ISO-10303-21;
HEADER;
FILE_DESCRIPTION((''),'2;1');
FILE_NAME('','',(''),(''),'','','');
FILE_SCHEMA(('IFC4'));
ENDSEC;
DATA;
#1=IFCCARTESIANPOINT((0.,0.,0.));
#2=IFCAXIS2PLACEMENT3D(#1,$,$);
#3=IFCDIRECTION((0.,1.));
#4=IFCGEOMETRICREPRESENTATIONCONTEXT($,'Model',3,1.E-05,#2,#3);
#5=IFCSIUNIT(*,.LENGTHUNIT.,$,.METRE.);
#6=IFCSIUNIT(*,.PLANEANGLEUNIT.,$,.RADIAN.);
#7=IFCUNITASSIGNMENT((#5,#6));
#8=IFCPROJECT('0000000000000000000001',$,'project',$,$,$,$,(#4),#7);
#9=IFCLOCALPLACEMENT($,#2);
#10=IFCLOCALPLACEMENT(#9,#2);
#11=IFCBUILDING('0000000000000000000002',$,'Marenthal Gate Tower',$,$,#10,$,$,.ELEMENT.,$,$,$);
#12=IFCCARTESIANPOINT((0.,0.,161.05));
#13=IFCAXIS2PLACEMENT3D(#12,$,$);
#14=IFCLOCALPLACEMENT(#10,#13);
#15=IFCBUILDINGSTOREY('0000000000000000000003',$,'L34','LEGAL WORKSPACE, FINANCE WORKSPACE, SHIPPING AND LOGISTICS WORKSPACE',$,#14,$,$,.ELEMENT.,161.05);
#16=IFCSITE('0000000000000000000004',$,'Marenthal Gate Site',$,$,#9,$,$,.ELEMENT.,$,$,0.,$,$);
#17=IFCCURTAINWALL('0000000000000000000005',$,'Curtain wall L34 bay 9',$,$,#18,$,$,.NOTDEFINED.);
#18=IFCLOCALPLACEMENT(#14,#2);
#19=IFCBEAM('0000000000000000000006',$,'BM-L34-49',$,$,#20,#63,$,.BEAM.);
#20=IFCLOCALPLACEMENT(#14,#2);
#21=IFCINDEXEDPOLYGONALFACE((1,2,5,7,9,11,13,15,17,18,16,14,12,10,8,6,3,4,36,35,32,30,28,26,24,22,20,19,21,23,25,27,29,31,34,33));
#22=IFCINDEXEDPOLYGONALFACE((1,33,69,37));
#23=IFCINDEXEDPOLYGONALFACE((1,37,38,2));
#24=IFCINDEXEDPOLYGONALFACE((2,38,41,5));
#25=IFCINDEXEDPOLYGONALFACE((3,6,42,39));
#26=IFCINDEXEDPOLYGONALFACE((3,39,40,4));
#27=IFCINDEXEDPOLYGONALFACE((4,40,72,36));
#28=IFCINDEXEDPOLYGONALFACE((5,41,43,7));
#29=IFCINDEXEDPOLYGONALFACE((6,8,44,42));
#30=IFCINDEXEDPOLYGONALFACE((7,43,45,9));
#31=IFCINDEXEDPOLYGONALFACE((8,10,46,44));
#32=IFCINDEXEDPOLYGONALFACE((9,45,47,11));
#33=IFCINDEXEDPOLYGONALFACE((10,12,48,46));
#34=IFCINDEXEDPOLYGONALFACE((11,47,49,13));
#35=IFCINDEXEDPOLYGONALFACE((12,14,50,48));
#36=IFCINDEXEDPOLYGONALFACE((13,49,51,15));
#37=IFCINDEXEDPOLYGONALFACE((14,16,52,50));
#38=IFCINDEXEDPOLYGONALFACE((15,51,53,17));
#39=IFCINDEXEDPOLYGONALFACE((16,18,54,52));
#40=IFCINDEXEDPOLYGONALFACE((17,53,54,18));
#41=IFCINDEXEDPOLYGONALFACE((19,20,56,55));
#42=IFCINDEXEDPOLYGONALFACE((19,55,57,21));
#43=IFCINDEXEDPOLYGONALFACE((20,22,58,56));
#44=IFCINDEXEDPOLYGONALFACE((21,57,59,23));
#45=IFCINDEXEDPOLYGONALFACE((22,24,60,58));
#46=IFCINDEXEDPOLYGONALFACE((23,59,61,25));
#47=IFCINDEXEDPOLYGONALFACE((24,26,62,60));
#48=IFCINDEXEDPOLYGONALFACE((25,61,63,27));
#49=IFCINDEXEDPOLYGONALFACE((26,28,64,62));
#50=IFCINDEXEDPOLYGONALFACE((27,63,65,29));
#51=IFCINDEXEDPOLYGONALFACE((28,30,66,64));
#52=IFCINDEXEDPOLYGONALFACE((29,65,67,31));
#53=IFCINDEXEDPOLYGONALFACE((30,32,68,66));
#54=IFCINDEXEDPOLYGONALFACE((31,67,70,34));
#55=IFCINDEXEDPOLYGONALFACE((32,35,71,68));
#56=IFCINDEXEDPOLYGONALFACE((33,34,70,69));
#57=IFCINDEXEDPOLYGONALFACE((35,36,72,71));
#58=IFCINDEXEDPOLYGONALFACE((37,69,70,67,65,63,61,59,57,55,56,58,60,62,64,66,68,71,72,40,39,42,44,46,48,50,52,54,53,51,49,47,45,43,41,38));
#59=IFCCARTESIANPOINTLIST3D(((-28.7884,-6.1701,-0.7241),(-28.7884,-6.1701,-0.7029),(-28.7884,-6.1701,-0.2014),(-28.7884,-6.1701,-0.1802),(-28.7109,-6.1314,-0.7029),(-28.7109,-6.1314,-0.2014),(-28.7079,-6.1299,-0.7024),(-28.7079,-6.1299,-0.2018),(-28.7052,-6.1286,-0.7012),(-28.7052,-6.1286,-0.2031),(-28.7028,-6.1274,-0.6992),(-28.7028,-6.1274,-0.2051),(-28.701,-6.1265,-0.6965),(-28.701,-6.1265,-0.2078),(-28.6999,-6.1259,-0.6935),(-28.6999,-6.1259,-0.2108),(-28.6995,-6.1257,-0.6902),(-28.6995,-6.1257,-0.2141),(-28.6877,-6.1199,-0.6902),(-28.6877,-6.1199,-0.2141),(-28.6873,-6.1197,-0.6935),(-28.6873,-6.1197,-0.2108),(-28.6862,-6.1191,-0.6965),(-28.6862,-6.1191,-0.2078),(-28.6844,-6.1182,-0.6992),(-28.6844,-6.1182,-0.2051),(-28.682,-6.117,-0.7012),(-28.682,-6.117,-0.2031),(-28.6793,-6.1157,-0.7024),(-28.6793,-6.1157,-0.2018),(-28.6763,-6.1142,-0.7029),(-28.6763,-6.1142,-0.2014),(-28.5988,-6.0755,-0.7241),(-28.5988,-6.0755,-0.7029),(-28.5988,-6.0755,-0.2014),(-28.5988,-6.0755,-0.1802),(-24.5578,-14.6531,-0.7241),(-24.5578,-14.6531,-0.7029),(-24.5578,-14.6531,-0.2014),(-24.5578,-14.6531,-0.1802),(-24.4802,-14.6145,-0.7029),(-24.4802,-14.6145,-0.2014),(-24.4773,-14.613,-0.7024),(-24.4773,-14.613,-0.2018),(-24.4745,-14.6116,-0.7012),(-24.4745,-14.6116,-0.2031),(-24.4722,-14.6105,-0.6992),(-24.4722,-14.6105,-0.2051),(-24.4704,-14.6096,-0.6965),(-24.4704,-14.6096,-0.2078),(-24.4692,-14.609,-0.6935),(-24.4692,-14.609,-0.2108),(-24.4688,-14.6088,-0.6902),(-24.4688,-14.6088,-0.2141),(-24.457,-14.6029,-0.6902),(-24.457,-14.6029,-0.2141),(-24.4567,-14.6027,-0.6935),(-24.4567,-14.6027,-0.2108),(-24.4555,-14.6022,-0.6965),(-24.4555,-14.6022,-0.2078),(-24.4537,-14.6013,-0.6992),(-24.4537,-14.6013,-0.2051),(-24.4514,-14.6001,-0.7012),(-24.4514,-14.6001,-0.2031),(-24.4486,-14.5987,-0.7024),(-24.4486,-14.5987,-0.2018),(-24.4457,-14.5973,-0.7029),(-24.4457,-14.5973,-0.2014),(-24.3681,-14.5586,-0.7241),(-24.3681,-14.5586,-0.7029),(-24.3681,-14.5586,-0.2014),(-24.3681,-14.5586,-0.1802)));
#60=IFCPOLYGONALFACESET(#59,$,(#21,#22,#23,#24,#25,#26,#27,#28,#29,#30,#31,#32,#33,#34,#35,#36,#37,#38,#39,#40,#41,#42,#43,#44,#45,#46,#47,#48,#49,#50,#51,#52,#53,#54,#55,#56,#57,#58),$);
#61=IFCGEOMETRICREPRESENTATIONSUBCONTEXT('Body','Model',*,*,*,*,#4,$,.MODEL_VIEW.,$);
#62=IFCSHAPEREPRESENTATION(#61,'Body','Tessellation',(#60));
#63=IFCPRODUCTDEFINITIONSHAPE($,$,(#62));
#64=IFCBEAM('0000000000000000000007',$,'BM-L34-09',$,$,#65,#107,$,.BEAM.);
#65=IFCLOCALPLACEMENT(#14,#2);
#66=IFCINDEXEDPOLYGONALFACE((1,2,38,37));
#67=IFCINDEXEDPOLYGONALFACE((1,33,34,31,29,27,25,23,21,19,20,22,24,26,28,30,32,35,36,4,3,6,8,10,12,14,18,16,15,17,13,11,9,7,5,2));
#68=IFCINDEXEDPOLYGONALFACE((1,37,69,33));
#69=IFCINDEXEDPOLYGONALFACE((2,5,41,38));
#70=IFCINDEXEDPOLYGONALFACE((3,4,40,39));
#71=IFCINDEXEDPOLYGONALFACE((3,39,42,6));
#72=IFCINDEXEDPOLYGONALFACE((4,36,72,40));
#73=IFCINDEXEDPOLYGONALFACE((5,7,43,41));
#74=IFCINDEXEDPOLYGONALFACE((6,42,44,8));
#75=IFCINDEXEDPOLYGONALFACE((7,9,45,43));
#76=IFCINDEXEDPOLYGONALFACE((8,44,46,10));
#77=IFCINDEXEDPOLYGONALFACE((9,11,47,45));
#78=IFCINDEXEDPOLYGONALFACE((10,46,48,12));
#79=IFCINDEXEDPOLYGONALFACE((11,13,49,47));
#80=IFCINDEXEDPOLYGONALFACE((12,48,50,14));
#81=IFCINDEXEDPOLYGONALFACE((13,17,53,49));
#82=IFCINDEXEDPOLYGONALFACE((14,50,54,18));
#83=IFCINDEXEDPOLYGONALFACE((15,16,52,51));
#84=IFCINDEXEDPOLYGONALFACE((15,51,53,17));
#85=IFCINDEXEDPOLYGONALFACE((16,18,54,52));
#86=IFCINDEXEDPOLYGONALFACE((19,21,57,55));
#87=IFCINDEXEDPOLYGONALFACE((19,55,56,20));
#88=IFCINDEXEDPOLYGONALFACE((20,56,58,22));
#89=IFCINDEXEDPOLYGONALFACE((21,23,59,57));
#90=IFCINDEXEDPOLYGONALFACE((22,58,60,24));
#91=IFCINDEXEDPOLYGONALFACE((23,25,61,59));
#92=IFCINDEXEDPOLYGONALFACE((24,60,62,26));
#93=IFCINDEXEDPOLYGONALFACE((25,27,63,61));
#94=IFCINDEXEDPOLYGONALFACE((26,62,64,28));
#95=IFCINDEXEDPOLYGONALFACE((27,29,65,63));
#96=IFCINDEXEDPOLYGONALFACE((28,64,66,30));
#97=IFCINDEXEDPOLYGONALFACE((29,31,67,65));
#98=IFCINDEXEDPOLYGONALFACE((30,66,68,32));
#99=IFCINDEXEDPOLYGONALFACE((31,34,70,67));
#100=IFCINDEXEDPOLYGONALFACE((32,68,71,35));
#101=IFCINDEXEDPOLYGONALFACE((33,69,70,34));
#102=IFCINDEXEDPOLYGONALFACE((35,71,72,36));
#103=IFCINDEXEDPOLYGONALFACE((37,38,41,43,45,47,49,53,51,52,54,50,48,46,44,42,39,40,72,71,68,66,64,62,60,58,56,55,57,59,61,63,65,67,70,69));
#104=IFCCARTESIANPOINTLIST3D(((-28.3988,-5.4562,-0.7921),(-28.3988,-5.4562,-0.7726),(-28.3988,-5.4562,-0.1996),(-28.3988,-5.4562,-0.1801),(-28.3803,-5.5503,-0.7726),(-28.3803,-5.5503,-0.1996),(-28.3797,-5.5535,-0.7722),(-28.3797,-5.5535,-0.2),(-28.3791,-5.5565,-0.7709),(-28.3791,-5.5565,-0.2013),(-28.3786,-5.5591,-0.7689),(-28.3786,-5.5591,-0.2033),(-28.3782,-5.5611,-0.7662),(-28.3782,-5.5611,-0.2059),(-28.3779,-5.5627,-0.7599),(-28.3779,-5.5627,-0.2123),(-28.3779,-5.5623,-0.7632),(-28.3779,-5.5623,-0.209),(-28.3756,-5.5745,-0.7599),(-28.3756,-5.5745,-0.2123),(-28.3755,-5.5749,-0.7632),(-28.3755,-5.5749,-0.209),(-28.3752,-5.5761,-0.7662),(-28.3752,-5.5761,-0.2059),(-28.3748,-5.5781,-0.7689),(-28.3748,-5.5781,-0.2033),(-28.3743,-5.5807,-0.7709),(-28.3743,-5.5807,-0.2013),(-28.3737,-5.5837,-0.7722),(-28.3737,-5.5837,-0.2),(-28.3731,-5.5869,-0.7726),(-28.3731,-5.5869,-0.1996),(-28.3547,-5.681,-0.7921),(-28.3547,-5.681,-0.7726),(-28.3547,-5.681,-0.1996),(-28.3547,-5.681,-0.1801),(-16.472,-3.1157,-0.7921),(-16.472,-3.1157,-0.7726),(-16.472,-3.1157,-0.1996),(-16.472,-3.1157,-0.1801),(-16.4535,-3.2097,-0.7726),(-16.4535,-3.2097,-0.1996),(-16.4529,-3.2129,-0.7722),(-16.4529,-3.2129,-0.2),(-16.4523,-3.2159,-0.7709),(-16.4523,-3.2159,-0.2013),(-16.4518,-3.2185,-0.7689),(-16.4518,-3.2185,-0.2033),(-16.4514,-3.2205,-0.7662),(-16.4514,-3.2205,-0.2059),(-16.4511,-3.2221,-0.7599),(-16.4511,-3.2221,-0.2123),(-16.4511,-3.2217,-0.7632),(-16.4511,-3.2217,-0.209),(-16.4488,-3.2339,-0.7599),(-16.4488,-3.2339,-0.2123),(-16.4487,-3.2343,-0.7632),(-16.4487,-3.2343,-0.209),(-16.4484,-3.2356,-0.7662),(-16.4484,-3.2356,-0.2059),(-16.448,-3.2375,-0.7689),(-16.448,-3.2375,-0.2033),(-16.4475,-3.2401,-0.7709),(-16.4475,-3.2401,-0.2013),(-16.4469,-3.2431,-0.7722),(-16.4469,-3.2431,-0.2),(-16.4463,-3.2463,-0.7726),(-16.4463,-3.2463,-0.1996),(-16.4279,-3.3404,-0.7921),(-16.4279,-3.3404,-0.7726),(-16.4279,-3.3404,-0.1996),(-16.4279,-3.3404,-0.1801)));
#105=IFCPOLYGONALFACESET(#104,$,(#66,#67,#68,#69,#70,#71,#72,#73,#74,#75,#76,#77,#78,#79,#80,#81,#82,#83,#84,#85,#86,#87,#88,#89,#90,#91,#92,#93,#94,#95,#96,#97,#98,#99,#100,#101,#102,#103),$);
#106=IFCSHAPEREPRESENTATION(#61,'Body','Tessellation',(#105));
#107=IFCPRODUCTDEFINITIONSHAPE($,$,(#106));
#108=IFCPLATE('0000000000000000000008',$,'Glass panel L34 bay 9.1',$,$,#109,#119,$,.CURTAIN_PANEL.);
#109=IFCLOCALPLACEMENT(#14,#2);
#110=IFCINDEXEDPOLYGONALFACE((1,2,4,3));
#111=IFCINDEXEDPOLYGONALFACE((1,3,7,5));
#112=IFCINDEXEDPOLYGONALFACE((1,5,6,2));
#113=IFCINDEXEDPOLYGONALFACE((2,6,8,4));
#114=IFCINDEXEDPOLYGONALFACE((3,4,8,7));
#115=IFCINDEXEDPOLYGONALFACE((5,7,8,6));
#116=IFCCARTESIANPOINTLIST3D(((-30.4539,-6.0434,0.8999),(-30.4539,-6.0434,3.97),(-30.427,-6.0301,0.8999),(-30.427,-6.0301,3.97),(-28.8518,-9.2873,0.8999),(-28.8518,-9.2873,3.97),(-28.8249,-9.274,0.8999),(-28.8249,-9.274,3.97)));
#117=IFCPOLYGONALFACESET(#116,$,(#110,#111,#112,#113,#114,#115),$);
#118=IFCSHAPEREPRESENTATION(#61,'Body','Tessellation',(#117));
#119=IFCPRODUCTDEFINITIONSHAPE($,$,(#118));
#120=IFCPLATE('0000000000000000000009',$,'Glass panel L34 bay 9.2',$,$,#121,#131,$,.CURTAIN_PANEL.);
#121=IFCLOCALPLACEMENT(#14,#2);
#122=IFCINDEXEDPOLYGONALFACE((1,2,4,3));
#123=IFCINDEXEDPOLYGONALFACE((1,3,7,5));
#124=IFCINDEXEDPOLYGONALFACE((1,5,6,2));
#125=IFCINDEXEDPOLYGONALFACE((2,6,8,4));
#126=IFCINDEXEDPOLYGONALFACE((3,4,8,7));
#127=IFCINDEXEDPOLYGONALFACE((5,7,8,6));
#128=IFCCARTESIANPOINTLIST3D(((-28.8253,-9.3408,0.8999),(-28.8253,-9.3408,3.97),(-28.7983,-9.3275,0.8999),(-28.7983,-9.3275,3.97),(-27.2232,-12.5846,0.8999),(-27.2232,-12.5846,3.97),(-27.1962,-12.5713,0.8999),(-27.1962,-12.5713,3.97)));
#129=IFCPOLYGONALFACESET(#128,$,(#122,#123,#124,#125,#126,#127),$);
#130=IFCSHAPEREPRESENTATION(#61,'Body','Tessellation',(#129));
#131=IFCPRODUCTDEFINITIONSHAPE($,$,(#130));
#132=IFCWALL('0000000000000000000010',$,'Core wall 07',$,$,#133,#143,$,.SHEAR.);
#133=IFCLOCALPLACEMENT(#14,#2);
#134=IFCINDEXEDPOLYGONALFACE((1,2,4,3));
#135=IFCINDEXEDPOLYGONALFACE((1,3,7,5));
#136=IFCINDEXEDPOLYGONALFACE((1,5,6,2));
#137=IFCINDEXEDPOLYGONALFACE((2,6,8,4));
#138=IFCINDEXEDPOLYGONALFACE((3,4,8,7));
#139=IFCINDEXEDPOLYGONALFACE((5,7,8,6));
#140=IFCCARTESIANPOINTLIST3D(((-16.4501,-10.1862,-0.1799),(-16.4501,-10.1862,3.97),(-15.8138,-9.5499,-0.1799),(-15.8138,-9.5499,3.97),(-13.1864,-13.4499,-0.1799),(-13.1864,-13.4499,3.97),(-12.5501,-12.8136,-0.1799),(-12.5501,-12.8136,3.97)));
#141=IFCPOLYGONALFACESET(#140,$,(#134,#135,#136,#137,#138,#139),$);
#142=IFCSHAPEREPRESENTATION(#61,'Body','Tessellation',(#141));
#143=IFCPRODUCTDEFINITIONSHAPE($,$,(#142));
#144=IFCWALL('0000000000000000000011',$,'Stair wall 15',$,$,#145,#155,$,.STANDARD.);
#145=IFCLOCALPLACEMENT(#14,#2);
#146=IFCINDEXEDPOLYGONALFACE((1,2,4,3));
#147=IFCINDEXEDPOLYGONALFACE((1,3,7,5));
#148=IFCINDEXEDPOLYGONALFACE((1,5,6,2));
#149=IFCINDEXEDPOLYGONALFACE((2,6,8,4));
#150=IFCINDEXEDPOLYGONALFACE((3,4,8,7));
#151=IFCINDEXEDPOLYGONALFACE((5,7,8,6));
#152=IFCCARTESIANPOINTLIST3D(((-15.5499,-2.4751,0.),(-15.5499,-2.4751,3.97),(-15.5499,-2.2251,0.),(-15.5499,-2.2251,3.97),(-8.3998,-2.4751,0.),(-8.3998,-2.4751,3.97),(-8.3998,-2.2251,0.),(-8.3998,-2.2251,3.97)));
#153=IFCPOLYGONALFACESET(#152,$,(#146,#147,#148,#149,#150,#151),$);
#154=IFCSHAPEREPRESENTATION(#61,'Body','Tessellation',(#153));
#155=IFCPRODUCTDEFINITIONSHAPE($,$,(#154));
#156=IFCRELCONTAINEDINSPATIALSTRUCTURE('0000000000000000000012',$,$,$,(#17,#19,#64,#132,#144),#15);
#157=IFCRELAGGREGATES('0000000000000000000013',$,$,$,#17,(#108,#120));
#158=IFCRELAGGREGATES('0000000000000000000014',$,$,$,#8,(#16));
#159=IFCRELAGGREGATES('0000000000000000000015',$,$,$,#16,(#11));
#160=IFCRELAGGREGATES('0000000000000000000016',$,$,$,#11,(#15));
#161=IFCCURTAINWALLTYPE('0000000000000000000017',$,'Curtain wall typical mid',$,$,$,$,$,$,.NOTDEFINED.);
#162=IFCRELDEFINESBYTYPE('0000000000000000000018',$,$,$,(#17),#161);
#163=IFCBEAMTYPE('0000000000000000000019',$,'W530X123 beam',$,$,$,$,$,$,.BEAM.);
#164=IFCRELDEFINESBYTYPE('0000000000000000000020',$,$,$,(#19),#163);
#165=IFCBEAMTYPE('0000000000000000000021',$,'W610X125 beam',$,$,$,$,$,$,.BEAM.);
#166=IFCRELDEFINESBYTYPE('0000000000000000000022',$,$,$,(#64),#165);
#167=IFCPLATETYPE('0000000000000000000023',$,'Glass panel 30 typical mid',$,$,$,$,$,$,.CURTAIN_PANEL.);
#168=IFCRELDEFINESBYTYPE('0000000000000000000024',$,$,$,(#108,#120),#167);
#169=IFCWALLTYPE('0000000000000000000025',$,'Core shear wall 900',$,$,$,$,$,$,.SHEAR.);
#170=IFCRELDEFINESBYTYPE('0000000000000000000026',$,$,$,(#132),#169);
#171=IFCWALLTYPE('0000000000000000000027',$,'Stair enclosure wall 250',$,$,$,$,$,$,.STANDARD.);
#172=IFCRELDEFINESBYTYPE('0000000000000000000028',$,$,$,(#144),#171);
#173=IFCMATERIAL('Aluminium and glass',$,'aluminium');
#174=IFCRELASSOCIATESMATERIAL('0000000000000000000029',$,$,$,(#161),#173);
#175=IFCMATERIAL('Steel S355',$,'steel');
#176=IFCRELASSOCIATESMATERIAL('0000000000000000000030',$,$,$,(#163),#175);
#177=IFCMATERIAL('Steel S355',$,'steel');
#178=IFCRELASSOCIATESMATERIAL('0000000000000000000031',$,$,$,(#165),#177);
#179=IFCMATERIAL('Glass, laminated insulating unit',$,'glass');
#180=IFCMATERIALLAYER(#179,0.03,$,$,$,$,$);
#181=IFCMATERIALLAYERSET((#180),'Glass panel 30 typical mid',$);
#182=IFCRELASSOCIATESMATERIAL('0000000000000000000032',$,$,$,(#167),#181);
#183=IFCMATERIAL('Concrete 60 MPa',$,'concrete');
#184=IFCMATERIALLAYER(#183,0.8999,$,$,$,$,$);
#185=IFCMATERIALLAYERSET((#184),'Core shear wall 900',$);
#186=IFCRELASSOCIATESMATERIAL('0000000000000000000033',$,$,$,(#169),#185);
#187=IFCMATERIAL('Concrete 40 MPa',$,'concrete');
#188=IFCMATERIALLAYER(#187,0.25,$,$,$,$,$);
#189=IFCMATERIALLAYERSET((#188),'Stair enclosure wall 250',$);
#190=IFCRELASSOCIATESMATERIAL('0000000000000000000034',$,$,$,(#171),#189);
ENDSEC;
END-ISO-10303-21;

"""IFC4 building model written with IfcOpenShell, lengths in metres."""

from ifc_helpers import new_model, si_unit, direction, frame, frame_2d, origin, origin_2d, place, context, subcontext, project, spatial, rectangle, i_section, extrude, material, layer, layer_set, material_profile, profile_set, type_object, element, aggregate, save


model = new_model("IFC4")

# Units and contexts
model_context = context("Model", 3, precision=1e-05, world=origin(), true_north=direction((0.0, 1.0)))
body_context = subcontext(model_context, "Body", "Model", "MODEL_VIEW")
ifc_project = project(units=[si_unit("LENGTHUNIT", "METRE"), si_unit("PLANEANGLEUNIT", "RADIAN")], contexts=[model_context])

# Site, building, storey
site_placement = place(None, origin())
site = spatial("IfcSite", under=ifc_project, at=site_placement, Name="Marenthal Gate Site", CompositionType="ELEMENT", RefElevation=0.0)
building_placement = place(site_placement, origin())
building = spatial("IfcBuilding", under=site, at=building_placement, Name="Marenthal Gate Tower", CompositionType="ELEMENT")
storey_placement = place(building_placement, frame((0.0, 0.0, 161.05)))
storey = spatial("IfcBuildingStorey", under=building, at=storey_placement, Name="L34", Description="LEGAL WORKSPACE, FINANCE WORKSPACE, SHIPPING AND LOGISTICS WORKSPACE", CompositionType="ELEMENT", Elevation=161.05)

# Curtain wall
ifc_material_1 = material(Name="Aluminium and glass", Category="aluminium")
curtain_wall_type = type_object("IfcCurtainWallType", Name="Curtain wall typical mid", PredefinedType="NOTDEFINED", material=ifc_material_1)
curtain_wall_placement = place(storey_placement, origin())
curtain_wall = element("IfcCurtainWall", 1, at=curtain_wall_placement, inside=storey, type_object=curtain_wall_type, Name="Curtain wall L34 bay 9", PredefinedType="NOTDEFINED")

# Beams
ifc_material_2 = material(Name="Steel S355", Category="steel")
ifc_material_profile_1 = material_profile(ifc_material_2, i_section(OverallWidth=0.2119, OverallDepth=0.5439, WebThickness=0.0132, FlangeThickness=0.0212, FilletRadius=0.0127, at=origin_2d()), Name="W530X123")
ifc_profile_set_1 = profile_set([ifc_material_profile_1], Name="Steel S355")
beam_type_1 = type_object("IfcBeamType", Name="W530X123 beam", PredefinedType="BEAM", material=ifc_profile_set_1)
beam_1_placement = place(storey_placement, frame((-28.6936, -6.1228, -0.4521), z_axis=(0.446297, -0.894885, 0.0), x_axis=(0.894885, 0.446297, 0.0)))
element("IfcBeam", 2, at=beam_1_placement, inside=storey, type_object=beam_type_1, Name="BM-L34-49", PredefinedType="BEAM", context=body_context, shape_type="SweptSolid", body=[
    extrude(i_section(OverallWidth=0.2119, OverallDepth=0.5439, WebThickness=0.0132, FlangeThickness=0.0212, FilletRadius=0.0127, at=origin_2d()), origin(), (0.0, 0.0, 1.0), 9.4795),
])
ifc_material_3 = material(Name="Steel S355", Category="steel")
ifc_material_profile_2 = material_profile(ifc_material_3, i_section(OverallWidth=0.229, OverallDepth=0.6121, WebThickness=0.012, FlangeThickness=0.0195, FilletRadius=0.0127, at=origin_2d()), Name="W610X125")
ifc_profile_set_2 = profile_set([ifc_material_profile_2], Name="Steel S355")
beam_type_2 = type_object("IfcBeamType", Name="W610X125 beam", PredefinedType="BEAM", material=ifc_profile_set_2)
beam_2_placement = place(storey_placement, frame((-28.3767, -5.5686, -0.4861), z_axis=(0.981283, 0.192573, 0.0), x_axis=(-0.192573, 0.981283, 0.0)))
element("IfcBeam", 3, at=beam_2_placement, inside=storey, type_object=beam_type_2, Name="BM-L34-09", PredefinedType="BEAM", context=body_context, shape_type="SweptSolid", body=[
    extrude(i_section(OverallWidth=0.229, OverallDepth=0.6121, WebThickness=0.012, FlangeThickness=0.0195, FilletRadius=0.0127, at=origin_2d()), origin(), (0.0, 0.0, 1.0), 12.1543),
])

# Plates
ifc_material_4 = material(Name="Glass, laminated insulating unit", Category="glass")
ifc_layer_1 = layer(ifc_material_4, 0.03)
ifc_layer_set_1 = layer_set([ifc_layer_1], Name="Glass panel 30 typical mid")
plate_type = type_object("IfcPlateType", Name="Glass panel 30 typical mid", PredefinedType="CURTAIN_PANEL", material=ifc_layer_set_1)
plate_1_placement = place(storey_placement, frame((-29.6394, -7.6587, 0.8999), z_axis=(0.0, 0.0, 1.0), x_axis=(0.442824, -0.896609, 0.0)))
plate_1 = element("IfcPlate", 4, at=plate_1_placement, type_object=plate_type, Name="Glass panel L34 bay 9.1", PredefinedType="CURTAIN_PANEL", context=body_context, shape_type="SweptSolid", body=[
    extrude(rectangle(XDim=3.6179, YDim=0.03, at=origin_2d()), origin(), (0.0, 0.0, 1.0), 3.0701),
])
plate_2_placement = place(storey_placement, frame((-28.0107, -10.9561, 0.8999), z_axis=(0.0, 0.0, 1.0), x_axis=(0.442824, -0.896609, 0.0)))
plate_2 = element("IfcPlate", 5, at=plate_2_placement, type_object=plate_type, Name="Glass panel L34 bay 9.2", PredefinedType="CURTAIN_PANEL", context=body_context, shape_type="SweptSolid", body=[
    extrude(rectangle(XDim=3.6179, YDim=0.03, at=origin_2d()), origin(), (0.0, 0.0, 1.0), 3.0701),
])
aggregate(curtain_wall, [plate_1, plate_2])

# Walls
ifc_material_5 = material(Name="Concrete 60 MPa", Category="concrete")
ifc_layer_2 = layer(ifc_material_5, 0.8999)
ifc_layer_set_2 = layer_set([ifc_layer_2], Name="Core shear wall 900")
wall_type_1 = type_object("IfcWallType", Name="Core shear wall 900", PredefinedType="SHEAR", material=ifc_layer_set_2)
wall_1_placement = place(storey_placement, frame((-16.1318, -9.8682, -0.1799), z_axis=(0.0, 0.0, 1.0), x_axis=(0.707107, -0.707107, 0.0)))
element("IfcWall", 6, at=wall_1_placement, inside=storey, type_object=wall_type_1, Name="Core wall 07", PredefinedType="SHEAR", context=body_context, shape_type="SweptSolid", body=[
    extrude(rectangle(XDim=4.6155, YDim=0.8999, at=frame_2d((2.3076, 0.0))), origin(), (0.0, 0.0, 1.0), 4.1499),
])
ifc_material_6 = material(Name="Concrete 40 MPa", Category="concrete")
ifc_layer_3 = layer(ifc_material_6, 0.25)
ifc_layer_set_3 = layer_set([ifc_layer_3], Name="Stair enclosure wall 250")
wall_type_2 = type_object("IfcWallType", Name="Stair enclosure wall 250", PredefinedType="STANDARD", material=ifc_layer_set_3)
wall_2_placement = place(storey_placement, frame((-15.55, -2.3501, 0.0), z_axis=(0.0, 0.0, 1.0), x_axis=(1.0, 0.0, 0.0)))
element("IfcWall", 7, at=wall_2_placement, inside=storey, type_object=wall_type_2, Name="Stair wall 15", PredefinedType="STANDARD", context=body_context, shape_type="SweptSolid", body=[
    extrude(rectangle(XDim=7.1501, YDim=0.25, at=frame_2d((3.5752, 0.0))), origin(), (0.0, 0.0, 1.0), 3.97),
])

save(model, "model.ifc")
